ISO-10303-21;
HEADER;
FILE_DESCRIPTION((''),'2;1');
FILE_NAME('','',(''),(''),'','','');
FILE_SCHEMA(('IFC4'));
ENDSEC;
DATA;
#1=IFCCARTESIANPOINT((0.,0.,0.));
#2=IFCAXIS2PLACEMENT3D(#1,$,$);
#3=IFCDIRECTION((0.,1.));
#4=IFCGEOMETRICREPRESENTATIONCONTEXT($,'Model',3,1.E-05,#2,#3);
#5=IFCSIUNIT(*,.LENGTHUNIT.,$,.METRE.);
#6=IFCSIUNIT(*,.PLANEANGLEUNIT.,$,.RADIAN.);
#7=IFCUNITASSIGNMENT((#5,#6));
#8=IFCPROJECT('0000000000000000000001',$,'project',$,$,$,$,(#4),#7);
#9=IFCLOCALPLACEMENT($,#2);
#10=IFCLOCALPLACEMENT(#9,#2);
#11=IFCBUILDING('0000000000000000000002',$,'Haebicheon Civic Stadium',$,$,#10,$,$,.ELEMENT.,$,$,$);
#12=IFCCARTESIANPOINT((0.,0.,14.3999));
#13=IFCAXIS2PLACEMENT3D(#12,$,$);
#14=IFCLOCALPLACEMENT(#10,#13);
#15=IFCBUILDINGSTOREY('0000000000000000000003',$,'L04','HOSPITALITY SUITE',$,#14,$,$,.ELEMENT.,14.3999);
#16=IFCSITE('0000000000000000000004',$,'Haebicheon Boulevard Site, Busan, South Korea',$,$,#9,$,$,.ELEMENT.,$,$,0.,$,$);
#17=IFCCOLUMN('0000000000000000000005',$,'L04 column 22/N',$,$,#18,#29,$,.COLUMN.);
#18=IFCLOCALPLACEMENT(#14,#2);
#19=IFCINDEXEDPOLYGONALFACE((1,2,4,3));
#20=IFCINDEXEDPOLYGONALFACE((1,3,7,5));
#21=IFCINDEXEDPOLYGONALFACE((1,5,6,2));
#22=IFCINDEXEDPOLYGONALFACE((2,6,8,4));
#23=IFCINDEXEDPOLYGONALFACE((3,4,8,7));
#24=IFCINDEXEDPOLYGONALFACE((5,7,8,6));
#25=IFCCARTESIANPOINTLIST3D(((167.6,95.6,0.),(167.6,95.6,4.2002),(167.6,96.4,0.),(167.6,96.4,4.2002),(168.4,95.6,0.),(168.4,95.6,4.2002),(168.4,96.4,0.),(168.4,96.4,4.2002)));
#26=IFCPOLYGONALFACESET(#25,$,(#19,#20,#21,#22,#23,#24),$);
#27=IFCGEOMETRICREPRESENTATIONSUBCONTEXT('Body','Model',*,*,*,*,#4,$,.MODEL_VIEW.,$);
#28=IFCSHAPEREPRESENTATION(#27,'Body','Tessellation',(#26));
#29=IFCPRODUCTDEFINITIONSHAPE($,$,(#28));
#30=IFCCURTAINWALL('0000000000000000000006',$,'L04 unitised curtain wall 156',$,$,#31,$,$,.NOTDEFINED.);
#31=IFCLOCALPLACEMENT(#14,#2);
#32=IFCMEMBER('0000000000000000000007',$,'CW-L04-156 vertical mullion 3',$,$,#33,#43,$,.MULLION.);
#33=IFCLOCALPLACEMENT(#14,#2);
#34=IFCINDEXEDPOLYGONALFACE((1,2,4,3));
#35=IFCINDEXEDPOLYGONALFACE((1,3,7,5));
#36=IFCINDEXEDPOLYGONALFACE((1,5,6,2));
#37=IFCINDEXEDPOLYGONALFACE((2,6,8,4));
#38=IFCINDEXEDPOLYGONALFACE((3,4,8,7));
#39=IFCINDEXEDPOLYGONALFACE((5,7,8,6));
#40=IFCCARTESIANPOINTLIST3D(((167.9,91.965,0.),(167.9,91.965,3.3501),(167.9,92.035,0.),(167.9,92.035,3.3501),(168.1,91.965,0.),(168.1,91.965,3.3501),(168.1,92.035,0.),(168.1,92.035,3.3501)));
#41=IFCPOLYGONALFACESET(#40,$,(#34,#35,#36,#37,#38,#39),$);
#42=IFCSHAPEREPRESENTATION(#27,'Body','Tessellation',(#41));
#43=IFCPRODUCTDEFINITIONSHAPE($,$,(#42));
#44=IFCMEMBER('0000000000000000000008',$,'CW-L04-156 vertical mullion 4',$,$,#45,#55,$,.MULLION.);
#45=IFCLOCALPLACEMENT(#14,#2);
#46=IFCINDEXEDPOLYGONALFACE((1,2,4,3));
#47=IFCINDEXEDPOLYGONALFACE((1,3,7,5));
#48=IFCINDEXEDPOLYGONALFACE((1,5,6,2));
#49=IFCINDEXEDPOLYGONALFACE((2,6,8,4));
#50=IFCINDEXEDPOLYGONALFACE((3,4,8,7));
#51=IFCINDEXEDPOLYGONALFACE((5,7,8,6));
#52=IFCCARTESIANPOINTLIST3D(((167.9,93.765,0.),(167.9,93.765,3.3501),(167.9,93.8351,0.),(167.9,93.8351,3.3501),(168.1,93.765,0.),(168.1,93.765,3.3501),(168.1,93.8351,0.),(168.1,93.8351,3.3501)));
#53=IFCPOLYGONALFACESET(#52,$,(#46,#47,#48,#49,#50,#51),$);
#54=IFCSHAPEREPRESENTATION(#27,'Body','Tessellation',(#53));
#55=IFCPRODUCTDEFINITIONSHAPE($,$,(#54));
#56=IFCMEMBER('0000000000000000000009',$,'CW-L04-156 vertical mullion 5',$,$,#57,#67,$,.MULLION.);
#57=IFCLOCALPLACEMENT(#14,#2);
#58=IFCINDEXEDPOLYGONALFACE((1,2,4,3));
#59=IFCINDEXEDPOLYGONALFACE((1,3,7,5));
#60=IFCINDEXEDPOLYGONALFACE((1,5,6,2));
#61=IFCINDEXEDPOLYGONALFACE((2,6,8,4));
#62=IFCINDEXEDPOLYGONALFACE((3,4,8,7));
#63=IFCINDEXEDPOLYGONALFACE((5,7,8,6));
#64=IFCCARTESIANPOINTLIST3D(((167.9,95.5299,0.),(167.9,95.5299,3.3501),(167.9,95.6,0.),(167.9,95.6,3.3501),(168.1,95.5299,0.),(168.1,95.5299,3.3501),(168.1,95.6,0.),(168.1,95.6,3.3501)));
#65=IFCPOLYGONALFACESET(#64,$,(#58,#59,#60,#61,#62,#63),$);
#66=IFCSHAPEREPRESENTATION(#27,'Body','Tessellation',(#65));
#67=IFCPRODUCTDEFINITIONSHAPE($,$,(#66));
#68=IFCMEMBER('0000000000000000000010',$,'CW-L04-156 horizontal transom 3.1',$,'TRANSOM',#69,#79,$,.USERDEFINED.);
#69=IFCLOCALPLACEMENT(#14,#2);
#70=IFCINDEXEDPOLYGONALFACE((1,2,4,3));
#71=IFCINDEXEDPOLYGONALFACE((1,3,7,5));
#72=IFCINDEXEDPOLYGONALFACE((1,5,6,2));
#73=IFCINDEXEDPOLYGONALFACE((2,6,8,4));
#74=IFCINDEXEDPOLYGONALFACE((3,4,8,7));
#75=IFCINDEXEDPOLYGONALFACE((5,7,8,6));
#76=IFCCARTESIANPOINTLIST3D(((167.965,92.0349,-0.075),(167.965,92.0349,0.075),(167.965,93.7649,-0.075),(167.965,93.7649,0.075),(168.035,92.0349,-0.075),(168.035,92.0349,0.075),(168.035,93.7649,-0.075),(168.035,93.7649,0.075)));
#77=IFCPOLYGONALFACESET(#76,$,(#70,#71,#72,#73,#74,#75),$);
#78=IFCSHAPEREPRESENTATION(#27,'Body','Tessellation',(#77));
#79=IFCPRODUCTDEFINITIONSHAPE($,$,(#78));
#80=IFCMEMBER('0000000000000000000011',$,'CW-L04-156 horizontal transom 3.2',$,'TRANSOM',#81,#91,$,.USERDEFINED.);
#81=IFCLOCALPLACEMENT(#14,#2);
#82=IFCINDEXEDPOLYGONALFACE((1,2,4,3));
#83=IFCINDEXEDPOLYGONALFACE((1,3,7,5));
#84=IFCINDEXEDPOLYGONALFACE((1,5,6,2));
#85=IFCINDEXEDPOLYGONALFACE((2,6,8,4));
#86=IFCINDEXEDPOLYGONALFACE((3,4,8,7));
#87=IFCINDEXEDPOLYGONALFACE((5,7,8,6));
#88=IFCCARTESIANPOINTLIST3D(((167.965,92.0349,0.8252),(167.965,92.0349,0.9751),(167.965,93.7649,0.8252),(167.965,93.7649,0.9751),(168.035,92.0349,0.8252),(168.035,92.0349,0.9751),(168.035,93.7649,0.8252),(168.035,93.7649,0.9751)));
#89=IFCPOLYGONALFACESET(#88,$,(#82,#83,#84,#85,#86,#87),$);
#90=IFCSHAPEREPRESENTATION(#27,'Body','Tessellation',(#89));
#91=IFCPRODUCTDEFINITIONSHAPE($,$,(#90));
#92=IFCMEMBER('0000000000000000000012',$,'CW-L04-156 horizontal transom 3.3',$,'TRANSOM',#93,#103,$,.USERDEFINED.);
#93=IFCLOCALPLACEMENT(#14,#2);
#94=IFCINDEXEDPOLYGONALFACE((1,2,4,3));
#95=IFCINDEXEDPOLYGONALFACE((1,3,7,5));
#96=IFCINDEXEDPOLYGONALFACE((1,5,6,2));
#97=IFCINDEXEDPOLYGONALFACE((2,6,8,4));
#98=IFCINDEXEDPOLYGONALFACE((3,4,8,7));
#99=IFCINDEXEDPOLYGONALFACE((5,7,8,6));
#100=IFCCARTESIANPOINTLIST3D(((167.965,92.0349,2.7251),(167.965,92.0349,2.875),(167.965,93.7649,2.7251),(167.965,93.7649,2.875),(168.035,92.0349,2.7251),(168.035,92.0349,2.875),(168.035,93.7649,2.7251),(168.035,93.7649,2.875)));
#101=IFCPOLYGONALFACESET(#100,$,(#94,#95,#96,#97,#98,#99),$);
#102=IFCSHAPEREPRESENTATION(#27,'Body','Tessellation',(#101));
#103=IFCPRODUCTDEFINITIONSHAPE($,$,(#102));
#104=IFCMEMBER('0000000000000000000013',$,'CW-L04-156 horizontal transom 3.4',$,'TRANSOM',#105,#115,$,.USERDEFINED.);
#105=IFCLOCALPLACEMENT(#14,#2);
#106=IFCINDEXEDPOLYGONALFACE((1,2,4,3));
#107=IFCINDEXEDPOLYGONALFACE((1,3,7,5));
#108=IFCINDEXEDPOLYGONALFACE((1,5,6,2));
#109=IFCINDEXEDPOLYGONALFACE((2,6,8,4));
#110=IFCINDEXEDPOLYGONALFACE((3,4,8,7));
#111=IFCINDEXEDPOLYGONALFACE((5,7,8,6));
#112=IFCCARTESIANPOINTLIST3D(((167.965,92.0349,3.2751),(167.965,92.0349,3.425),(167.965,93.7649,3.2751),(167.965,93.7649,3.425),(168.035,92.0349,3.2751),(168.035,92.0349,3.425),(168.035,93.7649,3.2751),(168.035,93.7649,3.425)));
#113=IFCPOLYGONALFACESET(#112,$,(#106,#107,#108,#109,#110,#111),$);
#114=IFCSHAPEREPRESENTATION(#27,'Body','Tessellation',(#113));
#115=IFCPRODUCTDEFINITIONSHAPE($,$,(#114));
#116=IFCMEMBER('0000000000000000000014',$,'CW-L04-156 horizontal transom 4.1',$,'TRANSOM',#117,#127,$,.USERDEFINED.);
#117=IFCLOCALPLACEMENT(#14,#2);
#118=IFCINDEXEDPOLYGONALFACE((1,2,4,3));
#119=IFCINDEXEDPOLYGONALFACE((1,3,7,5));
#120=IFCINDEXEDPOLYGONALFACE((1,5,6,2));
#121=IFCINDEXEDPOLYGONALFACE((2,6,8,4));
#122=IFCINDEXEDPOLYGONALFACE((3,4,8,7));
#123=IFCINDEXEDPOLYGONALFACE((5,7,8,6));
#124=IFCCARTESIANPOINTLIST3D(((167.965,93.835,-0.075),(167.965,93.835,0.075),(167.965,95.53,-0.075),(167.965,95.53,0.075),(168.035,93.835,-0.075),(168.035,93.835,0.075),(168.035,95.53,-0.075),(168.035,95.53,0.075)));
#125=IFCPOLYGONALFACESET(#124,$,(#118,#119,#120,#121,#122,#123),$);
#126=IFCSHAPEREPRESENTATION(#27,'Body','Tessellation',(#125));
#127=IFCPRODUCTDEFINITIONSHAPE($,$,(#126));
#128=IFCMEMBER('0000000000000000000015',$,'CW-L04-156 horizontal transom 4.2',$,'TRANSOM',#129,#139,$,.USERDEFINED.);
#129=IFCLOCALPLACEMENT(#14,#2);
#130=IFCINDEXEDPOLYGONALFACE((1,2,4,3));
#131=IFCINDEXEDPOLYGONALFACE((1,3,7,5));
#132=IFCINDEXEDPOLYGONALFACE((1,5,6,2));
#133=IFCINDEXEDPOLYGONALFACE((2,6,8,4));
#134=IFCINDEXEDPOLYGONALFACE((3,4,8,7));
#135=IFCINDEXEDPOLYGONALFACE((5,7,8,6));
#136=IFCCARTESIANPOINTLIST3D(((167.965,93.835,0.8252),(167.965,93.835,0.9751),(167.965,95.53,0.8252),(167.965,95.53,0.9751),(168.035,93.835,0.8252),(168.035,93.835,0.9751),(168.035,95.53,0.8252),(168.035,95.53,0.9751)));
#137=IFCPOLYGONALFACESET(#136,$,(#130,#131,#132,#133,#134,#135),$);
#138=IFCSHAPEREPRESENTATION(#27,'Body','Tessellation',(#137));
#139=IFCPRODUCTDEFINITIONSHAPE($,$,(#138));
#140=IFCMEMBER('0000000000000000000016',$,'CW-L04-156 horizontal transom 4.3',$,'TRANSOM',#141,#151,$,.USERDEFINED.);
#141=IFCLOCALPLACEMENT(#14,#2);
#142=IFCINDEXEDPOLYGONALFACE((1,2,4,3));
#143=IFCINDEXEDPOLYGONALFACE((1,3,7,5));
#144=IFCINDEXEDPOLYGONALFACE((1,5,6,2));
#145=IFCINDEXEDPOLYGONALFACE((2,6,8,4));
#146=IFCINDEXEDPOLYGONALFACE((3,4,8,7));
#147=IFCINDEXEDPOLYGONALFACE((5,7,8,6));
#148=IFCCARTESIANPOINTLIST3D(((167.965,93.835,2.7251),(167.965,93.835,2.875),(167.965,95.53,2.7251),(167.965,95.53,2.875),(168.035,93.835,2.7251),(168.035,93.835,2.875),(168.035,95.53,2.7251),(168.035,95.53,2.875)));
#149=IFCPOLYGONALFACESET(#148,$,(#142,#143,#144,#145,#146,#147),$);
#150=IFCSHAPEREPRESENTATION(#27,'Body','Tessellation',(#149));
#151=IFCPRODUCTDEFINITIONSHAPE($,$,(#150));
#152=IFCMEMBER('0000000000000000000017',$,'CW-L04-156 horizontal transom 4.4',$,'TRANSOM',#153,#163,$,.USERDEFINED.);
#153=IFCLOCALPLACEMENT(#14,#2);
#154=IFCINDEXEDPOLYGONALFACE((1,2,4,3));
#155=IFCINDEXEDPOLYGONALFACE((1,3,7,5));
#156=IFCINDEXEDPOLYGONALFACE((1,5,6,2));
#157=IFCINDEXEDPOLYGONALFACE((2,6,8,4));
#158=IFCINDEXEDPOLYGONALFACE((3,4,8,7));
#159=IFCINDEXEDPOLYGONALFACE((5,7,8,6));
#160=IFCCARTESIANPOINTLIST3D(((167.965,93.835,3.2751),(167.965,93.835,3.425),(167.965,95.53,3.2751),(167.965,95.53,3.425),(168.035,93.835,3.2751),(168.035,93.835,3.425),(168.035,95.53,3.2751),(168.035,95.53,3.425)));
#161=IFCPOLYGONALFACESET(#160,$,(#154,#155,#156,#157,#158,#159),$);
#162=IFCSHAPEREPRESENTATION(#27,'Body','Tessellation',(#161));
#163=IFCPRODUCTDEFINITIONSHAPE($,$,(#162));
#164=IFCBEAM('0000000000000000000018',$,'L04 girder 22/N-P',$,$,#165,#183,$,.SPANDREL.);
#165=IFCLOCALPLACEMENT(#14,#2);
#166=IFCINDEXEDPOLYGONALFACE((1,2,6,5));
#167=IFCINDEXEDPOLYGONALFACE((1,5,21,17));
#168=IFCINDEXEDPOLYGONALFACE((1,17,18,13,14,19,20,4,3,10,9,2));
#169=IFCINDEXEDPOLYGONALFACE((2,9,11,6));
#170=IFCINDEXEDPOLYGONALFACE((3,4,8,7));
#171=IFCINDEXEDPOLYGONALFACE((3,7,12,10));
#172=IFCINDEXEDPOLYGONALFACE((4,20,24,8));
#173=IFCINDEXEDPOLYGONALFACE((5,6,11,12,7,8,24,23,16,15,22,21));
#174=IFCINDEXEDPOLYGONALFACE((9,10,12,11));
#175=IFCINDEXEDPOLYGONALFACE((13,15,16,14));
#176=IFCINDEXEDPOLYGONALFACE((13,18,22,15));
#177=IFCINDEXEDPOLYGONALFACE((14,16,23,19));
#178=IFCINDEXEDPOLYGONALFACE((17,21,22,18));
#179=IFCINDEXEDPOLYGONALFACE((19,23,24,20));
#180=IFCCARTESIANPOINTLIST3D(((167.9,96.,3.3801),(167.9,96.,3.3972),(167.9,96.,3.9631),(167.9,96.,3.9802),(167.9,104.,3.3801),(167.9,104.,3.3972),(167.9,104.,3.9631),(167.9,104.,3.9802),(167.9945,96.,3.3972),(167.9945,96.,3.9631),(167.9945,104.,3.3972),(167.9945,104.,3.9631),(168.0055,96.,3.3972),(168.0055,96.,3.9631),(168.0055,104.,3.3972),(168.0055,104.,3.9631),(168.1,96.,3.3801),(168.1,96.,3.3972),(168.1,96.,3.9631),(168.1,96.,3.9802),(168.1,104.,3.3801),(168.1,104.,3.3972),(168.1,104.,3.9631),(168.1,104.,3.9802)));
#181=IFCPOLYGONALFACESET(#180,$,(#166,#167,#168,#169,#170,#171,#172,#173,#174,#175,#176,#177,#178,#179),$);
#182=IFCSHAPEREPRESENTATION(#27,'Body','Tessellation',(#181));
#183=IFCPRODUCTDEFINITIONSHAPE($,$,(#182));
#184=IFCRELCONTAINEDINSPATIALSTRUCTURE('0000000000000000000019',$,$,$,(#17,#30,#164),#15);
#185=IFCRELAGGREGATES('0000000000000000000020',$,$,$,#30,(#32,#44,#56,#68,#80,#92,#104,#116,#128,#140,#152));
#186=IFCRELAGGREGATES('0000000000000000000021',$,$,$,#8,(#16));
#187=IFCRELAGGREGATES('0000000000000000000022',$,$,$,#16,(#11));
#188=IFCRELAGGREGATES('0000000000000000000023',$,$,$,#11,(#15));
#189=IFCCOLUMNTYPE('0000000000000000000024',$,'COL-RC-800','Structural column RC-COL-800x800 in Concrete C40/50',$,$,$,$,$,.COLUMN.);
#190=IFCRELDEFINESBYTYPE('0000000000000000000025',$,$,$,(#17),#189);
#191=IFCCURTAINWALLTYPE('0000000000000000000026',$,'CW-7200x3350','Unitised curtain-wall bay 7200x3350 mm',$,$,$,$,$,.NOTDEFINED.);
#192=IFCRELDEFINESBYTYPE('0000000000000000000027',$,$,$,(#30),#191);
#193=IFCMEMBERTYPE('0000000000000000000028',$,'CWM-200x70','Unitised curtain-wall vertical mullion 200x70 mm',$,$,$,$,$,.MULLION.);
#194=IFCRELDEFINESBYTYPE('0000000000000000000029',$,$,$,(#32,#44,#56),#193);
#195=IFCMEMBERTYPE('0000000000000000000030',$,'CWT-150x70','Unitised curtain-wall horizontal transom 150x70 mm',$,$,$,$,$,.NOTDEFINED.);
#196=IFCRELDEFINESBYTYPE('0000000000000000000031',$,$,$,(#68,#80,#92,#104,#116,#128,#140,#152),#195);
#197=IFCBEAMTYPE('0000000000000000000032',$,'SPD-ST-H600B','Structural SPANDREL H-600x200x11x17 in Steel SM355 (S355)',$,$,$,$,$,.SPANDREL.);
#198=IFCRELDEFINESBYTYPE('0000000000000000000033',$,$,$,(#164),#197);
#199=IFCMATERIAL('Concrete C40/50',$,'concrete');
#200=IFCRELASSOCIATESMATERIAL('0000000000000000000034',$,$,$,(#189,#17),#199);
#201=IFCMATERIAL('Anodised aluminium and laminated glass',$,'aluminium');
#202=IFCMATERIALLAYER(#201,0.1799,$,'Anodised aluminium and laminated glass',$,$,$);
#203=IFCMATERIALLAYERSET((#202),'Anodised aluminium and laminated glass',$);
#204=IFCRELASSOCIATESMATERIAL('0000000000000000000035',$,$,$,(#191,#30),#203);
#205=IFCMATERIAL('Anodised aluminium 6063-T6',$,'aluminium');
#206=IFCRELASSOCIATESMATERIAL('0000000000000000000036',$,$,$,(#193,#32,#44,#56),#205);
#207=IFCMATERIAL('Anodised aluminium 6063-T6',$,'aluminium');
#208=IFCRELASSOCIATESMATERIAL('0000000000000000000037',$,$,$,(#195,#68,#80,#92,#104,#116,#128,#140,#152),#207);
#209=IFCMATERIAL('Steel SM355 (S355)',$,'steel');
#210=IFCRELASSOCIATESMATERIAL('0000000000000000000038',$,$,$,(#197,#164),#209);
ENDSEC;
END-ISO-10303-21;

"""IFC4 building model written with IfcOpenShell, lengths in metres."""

from ifc_helpers import new_model, si_unit, direction, frame, origin, origin_2d, place, context, subcontext, project, spatial, rectangle, i_section, extrude, material, layer, layer_set, material_profile, profile_set, type_object, element, aggregate, save


model = new_model("IFC4")

# Units and contexts
model_context = context("Model", 3, precision=1e-05, world=origin(), true_north=direction((0.0, 1.0)))
body_context = subcontext(model_context, "Body", "Model", "MODEL_VIEW")
ifc_project = project(units=[si_unit("LENGTHUNIT", "METRE"), si_unit("PLANEANGLEUNIT", "RADIAN")], contexts=[model_context])

# Site, building, storey
site_placement = place(None, origin())
site = spatial("IfcSite", under=ifc_project, at=site_placement, Name="Haebicheon Boulevard Site, Busan, South Korea", CompositionType="ELEMENT", RefElevation=0.0)
building_placement = place(site_placement, origin())
building = spatial("IfcBuilding", under=site, at=building_placement, Name="Haebicheon Civic Stadium", CompositionType="ELEMENT")
storey_placement = place(building_placement, frame((0.0, 0.0, 14.3999)))
storey = spatial("IfcBuildingStorey", under=building, at=storey_placement, Name="L04", Description="HOSPITALITY SUITE", CompositionType="ELEMENT", Elevation=14.3999)

# Column
ifc_material_1 = material(Name="Concrete C40/50", Category="concrete")
ifc_material_profile_1 = material_profile(ifc_material_1, rectangle(XDim=0.8, YDim=0.8, at=origin_2d()), Name="RC-COL-800x800")
ifc_profile_set_1 = profile_set([ifc_material_profile_1], Name="Concrete C40/50")
column_type = type_object("IfcColumnType", Name="COL-RC-800", Description="Structural column RC-COL-800x800 in Concrete C40/50", PredefinedType="COLUMN", material=ifc_profile_set_1)
column_placement = place(storey_placement, frame((168.0, 96.0, 0.0), z_axis=(0.0, 0.0, 1.0), x_axis=(1.0, 0.0, 0.0)))
element("IfcColumn", 1, at=column_placement, inside=storey, type_object=column_type, material=ifc_profile_set_1, Name="L04 column 22/N", PredefinedType="COLUMN", context=body_context, shape_type="SweptSolid", body=[
    extrude(rectangle(XDim=0.8, YDim=0.8, at=origin_2d()), origin(), (0.0, 0.0, 1.0), 4.2002),
])

# Curtain wall, members
ifc_material_2 = material(Name="Anodised aluminium and laminated glass", Category="aluminium")
ifc_layer_1 = layer(ifc_material_2, 0.1799, Name="Anodised aluminium and laminated glass")
ifc_layer_set_1 = layer_set([ifc_layer_1], Name="Anodised aluminium and laminated glass")
curtain_wall_type = type_object("IfcCurtainWallType", Name="CW-7200x3350", Description="Unitised curtain-wall bay 7200x3350 mm", PredefinedType="NOTDEFINED", material=ifc_layer_set_1)
curtain_wall_placement = place(storey_placement, origin())
curtain_wall = element("IfcCurtainWall", 2, at=curtain_wall_placement, inside=storey, type_object=curtain_wall_type, material=ifc_layer_set_1, Name="L04 unitised curtain wall 156", PredefinedType="NOTDEFINED")
ifc_material_3 = material(Name="Anodised aluminium 6063-T6", Category="aluminium")
ifc_material_profile_2 = material_profile(ifc_material_3, rectangle(XDim=0.0701, YDim=0.2, at=origin_2d()), Name="ALU-MULL-70x200")
ifc_profile_set_2 = profile_set([ifc_material_profile_2], Name="Anodised aluminium 6063-T6")
member_type_1 = type_object("IfcMemberType", Name="CWM-200x70", Description="Unitised curtain-wall vertical mullion 200x70 mm", PredefinedType="MULLION", material=ifc_profile_set_2)
member_1_placement = place(storey_placement, frame((168.0, 92.0, 0.0), z_axis=(0.0, 0.0, 1.0), x_axis=(0.0, 1.0, 0.0)))
member_1 = element("IfcMember", 3, at=member_1_placement, type_object=member_type_1, material=ifc_profile_set_2, Name="CW-L04-156 vertical mullion 3", PredefinedType="MULLION", context=body_context, shape_type="SweptSolid", body=[
    extrude(rectangle(XDim=0.0701, YDim=0.2, at=origin_2d()), origin(), (0.0, 0.0, 1.0), 3.3501),
])
member_2_placement = place(storey_placement, frame((168.0, 93.8, 0.0), z_axis=(0.0, 0.0, 1.0), x_axis=(0.0, 1.0, 0.0)))
member_2 = element("IfcMember", 4, at=member_2_placement, type_object=member_type_1, material=ifc_profile_set_2, Name="CW-L04-156 vertical mullion 4", PredefinedType="MULLION", context=body_context, shape_type="SweptSolid", body=[
    extrude(rectangle(XDim=0.0701, YDim=0.2, at=origin_2d()), origin(), (0.0, 0.0, 1.0), 3.3501),
])
member_3_placement = place(storey_placement, frame((168.0, 95.5649, 0.0), z_axis=(0.0, 0.0, 1.0), x_axis=(0.0, 1.0, 0.0)))
member_3 = element("IfcMember", 5, at=member_3_placement, type_object=member_type_1, material=ifc_profile_set_2, Name="CW-L04-156 vertical mullion 5", PredefinedType="MULLION", context=body_context, shape_type="SweptSolid", body=[
    extrude(rectangle(XDim=0.0701, YDim=0.2, at=origin_2d()), origin(), (0.0, 0.0, 1.0), 3.3501),
])
ifc_material_4 = material(Name="Anodised aluminium 6063-T6", Category="aluminium")
ifc_material_profile_3 = material_profile(ifc_material_4, rectangle(XDim=0.0701, YDim=0.1499, at=origin_2d()), Name="ALU-TRAN-70x150")
ifc_profile_set_3 = profile_set([ifc_material_profile_3], Name="Anodised aluminium 6063-T6")
member_type_2 = type_object("IfcMemberType", Name="CWT-150x70", Description="Unitised curtain-wall horizontal transom 150x70 mm", PredefinedType="NOTDEFINED", material=ifc_profile_set_3)
member_4_placement = place(storey_placement, frame((168.0, 92.0349, 0.0), z_axis=(0.0, 1.0, 0.0), x_axis=(-1.0, 0.0, 0.0)))
member_4 = element("IfcMember", 6, at=member_4_placement, type_object=member_type_2, material=ifc_profile_set_3, Name="CW-L04-156 horizontal transom 3.1", ObjectType="TRANSOM", PredefinedType="USERDEFINED", context=body_context, shape_type="SweptSolid", body=[
    extrude(rectangle(XDim=0.0701, YDim=0.1499, at=origin_2d()), origin(), (0.0, 0.0, 1.0), 1.73),
])
member_5_placement = place(storey_placement, frame((168.0, 92.0349, 0.9001), z_axis=(0.0, 1.0, 0.0), x_axis=(-1.0, 0.0, 0.0)))
member_5 = element("IfcMember", 7, at=member_5_placement, type_object=member_type_2, material=ifc_profile_set_3, Name="CW-L04-156 horizontal transom 3.2", ObjectType="TRANSOM", PredefinedType="USERDEFINED", context=body_context, shape_type="SweptSolid", body=[
    extrude(rectangle(XDim=0.0701, YDim=0.1499, at=origin_2d()), origin(), (0.0, 0.0, 1.0), 1.73),
])
member_6_placement = place(storey_placement, frame((168.0, 92.0349, 2.8), z_axis=(0.0, 1.0, 0.0), x_axis=(-1.0, 0.0, 0.0)))
member_6 = element("IfcMember", 8, at=member_6_placement, type_object=member_type_2, material=ifc_profile_set_3, Name="CW-L04-156 horizontal transom 3.3", ObjectType="TRANSOM", PredefinedType="USERDEFINED", context=body_context, shape_type="SweptSolid", body=[
    extrude(rectangle(XDim=0.0701, YDim=0.1499, at=origin_2d()), origin(), (0.0, 0.0, 1.0), 1.73),
])
member_7_placement = place(storey_placement, frame((168.0, 92.0349, 3.3501), z_axis=(0.0, 1.0, 0.0), x_axis=(-1.0, 0.0, 0.0)))
member_7 = element("IfcMember", 9, at=member_7_placement, type_object=member_type_2, material=ifc_profile_set_3, Name="CW-L04-156 horizontal transom 3.4", ObjectType="TRANSOM", PredefinedType="USERDEFINED", context=body_context, shape_type="SweptSolid", body=[
    extrude(rectangle(XDim=0.0701, YDim=0.1499, at=origin_2d()), origin(), (0.0, 0.0, 1.0), 1.73),
])
member_8_placement = place(storey_placement, frame((168.0, 93.835, 0.0), z_axis=(0.0, 1.0, 0.0), x_axis=(-1.0, 0.0, 0.0)))
member_8 = element("IfcMember", 10, at=member_8_placement, type_object=member_type_2, material=ifc_profile_set_3, Name="CW-L04-156 horizontal transom 4.1", ObjectType="TRANSOM", PredefinedType="USERDEFINED", context=body_context, shape_type="SweptSolid", body=[
    extrude(rectangle(XDim=0.0701, YDim=0.1499, at=origin_2d()), origin(), (0.0, 0.0, 1.0), 1.6951),
])
member_9_placement = place(storey_placement, frame((168.0, 93.835, 0.9001), z_axis=(0.0, 1.0, 0.0), x_axis=(-1.0, 0.0, 0.0)))
member_9 = element("IfcMember", 11, at=member_9_placement, type_object=member_type_2, material=ifc_profile_set_3, Name="CW-L04-156 horizontal transom 4.2", ObjectType="TRANSOM", PredefinedType="USERDEFINED", context=body_context, shape_type="SweptSolid", body=[
    extrude(rectangle(XDim=0.0701, YDim=0.1499, at=origin_2d()), origin(), (0.0, 0.0, 1.0), 1.6951),
])
member_10_placement = place(storey_placement, frame((168.0, 93.835, 2.8), z_axis=(0.0, 1.0, 0.0), x_axis=(-1.0, 0.0, 0.0)))
member_10 = element("IfcMember", 12, at=member_10_placement, type_object=member_type_2, material=ifc_profile_set_3, Name="CW-L04-156 horizontal transom 4.3", ObjectType="TRANSOM", PredefinedType="USERDEFINED", context=body_context, shape_type="SweptSolid", body=[
    extrude(rectangle(XDim=0.0701, YDim=0.1499, at=origin_2d()), origin(), (0.0, 0.0, 1.0), 1.6951),
])
member_11_placement = place(storey_placement, frame((168.0, 93.835, 3.3501), z_axis=(0.0, 1.0, 0.0), x_axis=(-1.0, 0.0, 0.0)))
member_11 = element("IfcMember", 13, at=member_11_placement, type_object=member_type_2, material=ifc_profile_set_3, Name="CW-L04-156 horizontal transom 4.4", ObjectType="TRANSOM", PredefinedType="USERDEFINED", context=body_context, shape_type="SweptSolid", body=[
    extrude(rectangle(XDim=0.0701, YDim=0.1499, at=origin_2d()), origin(), (0.0, 0.0, 1.0), 1.6951),
])

# Beam
ifc_material_5 = material(Name="Steel SM355 (S355)", Category="steel")
ifc_material_profile_4 = material_profile(ifc_material_5, i_section(OverallWidth=0.2, OverallDepth=0.6001, WebThickness=0.011, FlangeThickness=0.0171, at=origin_2d()), Name="H-600x200x11x17")
ifc_profile_set_4 = profile_set([ifc_material_profile_4], Name="Steel SM355 (S355)")
beam_type = type_object("IfcBeamType", Name="SPD-ST-H600B", Description="Structural SPANDREL H-600x200x11x17 in Steel SM355 (S355)", PredefinedType="SPANDREL", material=ifc_profile_set_4)
beam_placement = place(storey_placement, frame((168.0, 96.0, 3.6802), z_axis=(0.0, 1.0, 0.0), x_axis=(-1.0, 0.0, 0.0)))
element("IfcBeam", 14, at=beam_placement, inside=storey, type_object=beam_type, material=ifc_profile_set_4, Name="L04 girder 22/N-P", PredefinedType="SPANDREL", context=body_context, shape_type="SweptSolid", body=[
    extrude(i_section(OverallWidth=0.2, OverallDepth=0.6001, WebThickness=0.011, FlangeThickness=0.0171, at=origin_2d()), origin(), (0.0, 0.0, 1.0), 8.0),
])

aggregate(curtain_wall, [member_1, member_2, member_3, member_4, member_5, member_6, member_7, member_8, member_9, member_10, member_11])

save(model, "model.ifc")
